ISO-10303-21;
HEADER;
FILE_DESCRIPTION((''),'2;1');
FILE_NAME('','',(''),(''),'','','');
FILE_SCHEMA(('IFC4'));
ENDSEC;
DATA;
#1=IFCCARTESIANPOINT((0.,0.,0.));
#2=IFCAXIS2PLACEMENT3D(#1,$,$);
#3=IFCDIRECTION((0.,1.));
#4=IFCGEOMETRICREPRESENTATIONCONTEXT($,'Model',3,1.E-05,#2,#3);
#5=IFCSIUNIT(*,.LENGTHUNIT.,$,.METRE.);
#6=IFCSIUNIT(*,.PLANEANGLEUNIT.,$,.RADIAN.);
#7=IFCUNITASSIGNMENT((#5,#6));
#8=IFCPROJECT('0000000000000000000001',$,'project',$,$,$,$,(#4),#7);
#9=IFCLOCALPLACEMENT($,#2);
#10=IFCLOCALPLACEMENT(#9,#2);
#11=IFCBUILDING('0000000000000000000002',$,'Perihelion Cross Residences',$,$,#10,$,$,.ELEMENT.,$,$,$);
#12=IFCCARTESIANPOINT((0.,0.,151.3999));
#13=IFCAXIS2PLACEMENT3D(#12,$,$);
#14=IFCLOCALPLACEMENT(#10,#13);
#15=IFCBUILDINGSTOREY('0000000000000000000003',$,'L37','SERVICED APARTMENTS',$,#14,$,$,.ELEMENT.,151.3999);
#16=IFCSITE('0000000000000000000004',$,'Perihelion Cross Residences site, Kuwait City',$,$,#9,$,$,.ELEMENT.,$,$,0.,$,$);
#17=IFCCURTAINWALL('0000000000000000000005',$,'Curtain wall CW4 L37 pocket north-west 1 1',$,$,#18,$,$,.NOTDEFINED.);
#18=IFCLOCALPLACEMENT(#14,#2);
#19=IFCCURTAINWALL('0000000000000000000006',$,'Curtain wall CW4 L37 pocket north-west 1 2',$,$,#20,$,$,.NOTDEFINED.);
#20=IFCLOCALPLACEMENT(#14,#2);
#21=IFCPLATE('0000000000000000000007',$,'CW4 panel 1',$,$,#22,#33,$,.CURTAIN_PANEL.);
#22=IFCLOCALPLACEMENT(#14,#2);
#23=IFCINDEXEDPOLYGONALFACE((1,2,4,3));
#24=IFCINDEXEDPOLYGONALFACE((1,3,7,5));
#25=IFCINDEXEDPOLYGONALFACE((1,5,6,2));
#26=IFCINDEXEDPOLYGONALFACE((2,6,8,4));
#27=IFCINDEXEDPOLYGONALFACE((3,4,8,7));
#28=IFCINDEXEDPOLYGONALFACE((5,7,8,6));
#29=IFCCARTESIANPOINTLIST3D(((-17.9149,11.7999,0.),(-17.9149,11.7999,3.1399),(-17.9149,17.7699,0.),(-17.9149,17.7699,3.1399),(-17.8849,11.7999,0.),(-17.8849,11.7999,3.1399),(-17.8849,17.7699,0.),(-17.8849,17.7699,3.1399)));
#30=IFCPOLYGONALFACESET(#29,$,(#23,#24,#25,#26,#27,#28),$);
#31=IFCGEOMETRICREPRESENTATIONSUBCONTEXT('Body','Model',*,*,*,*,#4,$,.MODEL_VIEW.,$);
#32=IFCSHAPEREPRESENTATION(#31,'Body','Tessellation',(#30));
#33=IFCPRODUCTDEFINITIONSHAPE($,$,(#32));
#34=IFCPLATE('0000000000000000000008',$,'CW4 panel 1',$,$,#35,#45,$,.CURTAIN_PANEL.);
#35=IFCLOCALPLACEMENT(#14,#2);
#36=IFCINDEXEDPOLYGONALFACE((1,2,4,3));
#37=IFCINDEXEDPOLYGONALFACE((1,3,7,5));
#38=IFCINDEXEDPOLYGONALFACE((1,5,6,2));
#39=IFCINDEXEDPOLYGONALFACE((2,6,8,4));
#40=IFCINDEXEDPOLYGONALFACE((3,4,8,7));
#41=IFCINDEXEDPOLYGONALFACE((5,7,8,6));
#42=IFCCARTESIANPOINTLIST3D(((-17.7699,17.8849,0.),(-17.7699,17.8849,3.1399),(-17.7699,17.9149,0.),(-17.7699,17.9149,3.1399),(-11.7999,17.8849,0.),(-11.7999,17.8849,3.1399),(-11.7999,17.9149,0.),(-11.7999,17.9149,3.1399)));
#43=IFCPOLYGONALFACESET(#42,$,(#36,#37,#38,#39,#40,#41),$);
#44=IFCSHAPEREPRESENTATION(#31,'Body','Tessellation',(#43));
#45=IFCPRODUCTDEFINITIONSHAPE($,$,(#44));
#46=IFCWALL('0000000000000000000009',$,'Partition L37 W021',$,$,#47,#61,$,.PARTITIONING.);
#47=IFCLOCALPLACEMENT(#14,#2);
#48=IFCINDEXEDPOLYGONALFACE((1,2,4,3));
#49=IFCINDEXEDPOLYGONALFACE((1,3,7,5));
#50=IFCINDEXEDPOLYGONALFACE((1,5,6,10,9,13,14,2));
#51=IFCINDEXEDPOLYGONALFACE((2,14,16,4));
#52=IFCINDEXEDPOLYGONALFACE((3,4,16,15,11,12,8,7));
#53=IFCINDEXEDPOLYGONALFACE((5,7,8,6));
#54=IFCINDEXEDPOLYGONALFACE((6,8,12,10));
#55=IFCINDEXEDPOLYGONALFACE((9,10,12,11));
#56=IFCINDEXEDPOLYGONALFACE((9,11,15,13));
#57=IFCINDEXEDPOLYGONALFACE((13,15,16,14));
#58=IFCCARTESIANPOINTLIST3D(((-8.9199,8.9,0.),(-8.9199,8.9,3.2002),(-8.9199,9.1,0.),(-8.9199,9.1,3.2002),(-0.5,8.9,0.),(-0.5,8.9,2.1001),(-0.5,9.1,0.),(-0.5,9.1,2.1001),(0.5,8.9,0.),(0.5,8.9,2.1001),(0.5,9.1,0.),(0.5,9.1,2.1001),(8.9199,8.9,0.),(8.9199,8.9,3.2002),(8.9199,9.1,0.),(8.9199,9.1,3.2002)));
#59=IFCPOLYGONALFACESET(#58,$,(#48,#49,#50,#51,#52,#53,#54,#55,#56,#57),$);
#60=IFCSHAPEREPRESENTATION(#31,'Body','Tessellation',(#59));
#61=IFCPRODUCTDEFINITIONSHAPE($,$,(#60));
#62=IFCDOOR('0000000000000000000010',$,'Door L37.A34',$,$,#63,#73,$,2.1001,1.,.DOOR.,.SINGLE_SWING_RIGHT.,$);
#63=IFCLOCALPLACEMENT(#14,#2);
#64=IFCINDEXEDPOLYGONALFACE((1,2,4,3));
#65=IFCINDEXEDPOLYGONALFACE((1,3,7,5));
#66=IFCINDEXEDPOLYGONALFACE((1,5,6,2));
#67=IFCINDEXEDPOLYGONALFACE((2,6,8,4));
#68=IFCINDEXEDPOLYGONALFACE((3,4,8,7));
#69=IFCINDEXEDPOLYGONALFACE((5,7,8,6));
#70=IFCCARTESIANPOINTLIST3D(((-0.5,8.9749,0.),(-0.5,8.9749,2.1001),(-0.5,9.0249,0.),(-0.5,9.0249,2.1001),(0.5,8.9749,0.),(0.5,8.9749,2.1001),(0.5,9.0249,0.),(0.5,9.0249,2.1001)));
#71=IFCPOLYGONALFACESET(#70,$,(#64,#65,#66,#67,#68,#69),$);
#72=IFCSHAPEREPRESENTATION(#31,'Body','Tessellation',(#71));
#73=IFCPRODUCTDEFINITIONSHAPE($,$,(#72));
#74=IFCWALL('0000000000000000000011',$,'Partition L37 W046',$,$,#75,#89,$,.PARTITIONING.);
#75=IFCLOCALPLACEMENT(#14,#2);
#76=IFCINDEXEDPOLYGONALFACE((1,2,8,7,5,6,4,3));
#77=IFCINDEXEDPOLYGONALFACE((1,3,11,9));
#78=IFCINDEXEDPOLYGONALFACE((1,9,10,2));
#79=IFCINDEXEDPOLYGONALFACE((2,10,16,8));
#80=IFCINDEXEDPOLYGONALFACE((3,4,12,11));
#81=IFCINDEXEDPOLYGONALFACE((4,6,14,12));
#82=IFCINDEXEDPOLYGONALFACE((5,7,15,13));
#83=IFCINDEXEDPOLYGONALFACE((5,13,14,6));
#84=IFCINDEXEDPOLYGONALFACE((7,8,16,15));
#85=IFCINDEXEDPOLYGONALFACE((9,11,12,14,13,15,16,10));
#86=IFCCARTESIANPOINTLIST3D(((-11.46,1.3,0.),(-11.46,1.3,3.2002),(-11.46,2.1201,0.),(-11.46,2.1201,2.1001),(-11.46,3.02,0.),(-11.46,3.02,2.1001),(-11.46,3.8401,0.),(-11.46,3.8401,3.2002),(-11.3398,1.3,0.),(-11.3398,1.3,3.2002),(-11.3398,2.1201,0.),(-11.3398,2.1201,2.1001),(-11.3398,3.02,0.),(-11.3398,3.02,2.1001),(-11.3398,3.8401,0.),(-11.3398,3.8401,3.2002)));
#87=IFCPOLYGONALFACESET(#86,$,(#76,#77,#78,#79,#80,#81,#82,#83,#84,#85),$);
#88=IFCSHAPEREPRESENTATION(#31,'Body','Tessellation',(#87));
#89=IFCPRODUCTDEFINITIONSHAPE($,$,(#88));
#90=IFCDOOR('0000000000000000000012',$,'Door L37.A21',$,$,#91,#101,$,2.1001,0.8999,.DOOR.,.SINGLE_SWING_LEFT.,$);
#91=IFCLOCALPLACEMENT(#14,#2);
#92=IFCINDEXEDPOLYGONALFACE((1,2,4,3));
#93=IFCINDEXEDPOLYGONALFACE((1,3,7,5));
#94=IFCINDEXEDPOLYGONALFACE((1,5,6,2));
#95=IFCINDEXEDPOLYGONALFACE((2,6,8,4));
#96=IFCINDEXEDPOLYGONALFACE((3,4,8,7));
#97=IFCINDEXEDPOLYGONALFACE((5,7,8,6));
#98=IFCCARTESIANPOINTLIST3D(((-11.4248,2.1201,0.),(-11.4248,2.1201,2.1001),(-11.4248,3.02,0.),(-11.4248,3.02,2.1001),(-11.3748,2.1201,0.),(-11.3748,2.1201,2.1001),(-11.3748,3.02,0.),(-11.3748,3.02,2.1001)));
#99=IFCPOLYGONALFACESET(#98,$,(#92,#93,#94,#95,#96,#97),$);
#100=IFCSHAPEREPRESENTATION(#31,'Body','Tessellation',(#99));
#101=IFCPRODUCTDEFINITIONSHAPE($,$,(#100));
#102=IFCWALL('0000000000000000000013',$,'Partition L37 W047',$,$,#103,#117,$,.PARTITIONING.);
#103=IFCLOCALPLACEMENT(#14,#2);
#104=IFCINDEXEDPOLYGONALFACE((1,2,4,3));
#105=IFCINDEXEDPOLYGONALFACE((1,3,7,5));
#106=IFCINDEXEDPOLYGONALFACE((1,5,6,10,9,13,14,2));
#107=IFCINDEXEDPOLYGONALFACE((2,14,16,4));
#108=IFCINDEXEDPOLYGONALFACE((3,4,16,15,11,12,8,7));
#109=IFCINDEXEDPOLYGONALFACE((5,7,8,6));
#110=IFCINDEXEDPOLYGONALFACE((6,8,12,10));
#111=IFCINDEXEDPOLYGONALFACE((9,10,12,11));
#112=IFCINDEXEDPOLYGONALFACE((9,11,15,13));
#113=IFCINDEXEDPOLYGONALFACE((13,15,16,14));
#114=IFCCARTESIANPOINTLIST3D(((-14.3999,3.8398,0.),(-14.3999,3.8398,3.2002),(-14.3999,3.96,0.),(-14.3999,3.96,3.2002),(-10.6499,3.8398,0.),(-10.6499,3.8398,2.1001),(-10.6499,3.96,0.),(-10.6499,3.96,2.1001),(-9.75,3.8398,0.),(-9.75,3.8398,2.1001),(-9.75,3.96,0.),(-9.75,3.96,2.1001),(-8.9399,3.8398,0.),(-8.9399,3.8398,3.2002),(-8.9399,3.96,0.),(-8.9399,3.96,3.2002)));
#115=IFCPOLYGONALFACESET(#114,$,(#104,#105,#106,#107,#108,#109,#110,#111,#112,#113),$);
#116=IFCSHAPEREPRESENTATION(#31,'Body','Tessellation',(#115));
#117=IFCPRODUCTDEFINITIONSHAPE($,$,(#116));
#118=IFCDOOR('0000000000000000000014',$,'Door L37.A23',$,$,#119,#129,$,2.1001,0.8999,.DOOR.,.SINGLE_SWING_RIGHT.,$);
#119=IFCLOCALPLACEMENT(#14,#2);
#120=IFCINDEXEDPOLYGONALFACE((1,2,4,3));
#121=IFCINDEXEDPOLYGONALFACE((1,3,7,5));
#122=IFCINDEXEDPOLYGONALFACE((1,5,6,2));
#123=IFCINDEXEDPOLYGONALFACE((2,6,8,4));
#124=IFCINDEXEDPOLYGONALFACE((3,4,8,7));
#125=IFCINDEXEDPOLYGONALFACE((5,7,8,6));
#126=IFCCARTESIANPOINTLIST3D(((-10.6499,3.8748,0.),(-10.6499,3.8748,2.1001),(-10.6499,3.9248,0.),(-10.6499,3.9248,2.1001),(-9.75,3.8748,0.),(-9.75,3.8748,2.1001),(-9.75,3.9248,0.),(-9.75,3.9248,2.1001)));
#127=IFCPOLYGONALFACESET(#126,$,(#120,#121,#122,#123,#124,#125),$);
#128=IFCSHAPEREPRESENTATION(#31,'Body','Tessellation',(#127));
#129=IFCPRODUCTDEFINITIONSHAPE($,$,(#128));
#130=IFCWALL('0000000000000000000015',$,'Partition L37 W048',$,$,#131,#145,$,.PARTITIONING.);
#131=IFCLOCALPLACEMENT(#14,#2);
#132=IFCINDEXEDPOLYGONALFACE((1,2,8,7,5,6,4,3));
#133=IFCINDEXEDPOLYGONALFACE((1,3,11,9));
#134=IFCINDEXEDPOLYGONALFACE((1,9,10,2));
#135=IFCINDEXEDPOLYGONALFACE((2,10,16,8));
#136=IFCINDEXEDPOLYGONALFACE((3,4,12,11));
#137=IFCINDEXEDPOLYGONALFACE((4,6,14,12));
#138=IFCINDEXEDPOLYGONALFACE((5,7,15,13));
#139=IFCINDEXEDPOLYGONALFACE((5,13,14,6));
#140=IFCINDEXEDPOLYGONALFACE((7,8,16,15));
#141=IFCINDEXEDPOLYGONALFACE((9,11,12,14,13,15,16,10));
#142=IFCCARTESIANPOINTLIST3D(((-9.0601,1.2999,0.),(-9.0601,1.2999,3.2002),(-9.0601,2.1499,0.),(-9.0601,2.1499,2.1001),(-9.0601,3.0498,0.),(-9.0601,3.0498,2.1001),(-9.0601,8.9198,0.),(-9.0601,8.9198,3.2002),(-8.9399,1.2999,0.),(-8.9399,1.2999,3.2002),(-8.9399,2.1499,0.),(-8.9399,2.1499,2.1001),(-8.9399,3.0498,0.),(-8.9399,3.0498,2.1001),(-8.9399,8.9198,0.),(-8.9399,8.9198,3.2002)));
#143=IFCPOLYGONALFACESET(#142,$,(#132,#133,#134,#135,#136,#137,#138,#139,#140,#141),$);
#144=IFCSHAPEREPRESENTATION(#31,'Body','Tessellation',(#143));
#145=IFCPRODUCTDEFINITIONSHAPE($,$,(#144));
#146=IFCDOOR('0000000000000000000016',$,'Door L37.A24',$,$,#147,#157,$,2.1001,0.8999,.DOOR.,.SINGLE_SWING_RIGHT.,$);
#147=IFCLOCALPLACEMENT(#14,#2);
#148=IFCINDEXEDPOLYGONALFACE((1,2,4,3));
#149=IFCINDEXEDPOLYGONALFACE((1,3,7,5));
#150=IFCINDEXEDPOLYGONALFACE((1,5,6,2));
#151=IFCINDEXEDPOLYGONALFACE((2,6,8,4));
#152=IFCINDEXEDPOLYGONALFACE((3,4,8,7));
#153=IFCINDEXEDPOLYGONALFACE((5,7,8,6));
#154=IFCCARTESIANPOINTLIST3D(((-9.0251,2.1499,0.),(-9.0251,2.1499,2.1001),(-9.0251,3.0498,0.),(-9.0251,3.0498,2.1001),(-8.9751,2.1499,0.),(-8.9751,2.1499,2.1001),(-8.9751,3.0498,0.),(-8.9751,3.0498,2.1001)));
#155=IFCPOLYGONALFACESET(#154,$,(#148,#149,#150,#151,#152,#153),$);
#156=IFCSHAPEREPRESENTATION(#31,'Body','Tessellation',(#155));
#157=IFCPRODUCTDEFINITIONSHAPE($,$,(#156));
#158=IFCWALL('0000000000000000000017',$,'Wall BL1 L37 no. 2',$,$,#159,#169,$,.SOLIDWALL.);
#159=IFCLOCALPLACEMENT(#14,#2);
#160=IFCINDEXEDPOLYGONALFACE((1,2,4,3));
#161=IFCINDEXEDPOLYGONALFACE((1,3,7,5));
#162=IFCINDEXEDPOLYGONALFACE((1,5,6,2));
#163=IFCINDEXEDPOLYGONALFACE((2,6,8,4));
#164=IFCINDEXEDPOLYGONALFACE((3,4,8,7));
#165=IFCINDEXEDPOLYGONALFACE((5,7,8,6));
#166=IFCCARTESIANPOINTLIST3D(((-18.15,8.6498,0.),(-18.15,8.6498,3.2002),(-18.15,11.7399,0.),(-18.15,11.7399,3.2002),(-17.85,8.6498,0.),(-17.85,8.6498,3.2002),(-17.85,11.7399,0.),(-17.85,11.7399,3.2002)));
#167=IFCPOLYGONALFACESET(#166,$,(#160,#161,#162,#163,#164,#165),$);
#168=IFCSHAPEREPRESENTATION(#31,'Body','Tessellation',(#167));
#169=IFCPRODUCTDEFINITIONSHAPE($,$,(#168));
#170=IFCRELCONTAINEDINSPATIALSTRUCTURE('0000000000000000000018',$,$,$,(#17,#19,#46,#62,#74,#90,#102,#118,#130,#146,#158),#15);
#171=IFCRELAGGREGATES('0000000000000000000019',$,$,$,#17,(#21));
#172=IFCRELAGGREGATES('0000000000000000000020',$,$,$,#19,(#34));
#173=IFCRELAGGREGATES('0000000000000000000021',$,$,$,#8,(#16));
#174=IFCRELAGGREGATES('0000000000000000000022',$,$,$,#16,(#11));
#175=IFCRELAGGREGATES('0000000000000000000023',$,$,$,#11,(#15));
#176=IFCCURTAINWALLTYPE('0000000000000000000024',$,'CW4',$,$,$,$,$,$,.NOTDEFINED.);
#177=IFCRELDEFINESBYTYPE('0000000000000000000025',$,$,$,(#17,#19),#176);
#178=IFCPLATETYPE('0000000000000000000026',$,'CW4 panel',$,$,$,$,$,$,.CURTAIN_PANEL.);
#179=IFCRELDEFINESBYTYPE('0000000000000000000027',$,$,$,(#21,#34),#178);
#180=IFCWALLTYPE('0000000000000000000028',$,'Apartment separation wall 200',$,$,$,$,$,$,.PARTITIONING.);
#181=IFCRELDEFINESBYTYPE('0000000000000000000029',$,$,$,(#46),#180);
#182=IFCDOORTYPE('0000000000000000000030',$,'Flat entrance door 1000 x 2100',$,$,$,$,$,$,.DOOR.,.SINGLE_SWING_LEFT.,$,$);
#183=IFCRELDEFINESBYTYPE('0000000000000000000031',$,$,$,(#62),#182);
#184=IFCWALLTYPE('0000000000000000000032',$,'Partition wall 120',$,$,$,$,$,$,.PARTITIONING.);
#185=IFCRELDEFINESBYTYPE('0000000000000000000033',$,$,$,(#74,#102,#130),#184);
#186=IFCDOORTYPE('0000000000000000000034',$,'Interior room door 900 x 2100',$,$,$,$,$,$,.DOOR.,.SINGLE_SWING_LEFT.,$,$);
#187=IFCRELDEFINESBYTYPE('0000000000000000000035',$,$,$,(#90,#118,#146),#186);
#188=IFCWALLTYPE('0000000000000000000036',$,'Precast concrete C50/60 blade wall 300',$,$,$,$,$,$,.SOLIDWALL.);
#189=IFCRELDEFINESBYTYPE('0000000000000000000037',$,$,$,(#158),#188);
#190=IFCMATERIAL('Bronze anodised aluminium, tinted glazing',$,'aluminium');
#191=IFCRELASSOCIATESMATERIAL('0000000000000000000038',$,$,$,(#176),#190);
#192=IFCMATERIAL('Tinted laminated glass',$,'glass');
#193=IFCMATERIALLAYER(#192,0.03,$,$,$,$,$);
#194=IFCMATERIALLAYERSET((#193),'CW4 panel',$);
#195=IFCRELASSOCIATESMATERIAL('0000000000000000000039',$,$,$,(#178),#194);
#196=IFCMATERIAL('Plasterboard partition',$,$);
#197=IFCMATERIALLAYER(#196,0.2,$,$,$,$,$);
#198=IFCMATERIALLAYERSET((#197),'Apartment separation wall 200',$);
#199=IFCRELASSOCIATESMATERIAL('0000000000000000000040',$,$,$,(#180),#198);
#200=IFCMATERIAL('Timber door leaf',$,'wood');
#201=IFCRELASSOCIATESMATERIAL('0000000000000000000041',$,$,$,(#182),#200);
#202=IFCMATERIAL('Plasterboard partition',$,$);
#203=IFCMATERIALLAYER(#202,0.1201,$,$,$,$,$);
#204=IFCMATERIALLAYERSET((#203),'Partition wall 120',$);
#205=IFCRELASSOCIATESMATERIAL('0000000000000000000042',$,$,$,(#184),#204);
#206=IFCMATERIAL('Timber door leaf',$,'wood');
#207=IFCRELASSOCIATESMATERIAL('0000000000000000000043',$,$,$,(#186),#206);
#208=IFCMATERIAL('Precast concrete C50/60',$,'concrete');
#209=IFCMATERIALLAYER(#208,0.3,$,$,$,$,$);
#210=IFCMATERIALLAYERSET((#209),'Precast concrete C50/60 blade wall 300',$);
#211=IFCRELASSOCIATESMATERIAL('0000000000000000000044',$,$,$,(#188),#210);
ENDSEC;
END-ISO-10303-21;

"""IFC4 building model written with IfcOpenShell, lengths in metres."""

from ifc_helpers import new_model, si_unit, direction, frame, frame_2d, origin, origin_2d, place, context, subcontext, project, spatial, rectangle, extrude, material, layer, layer_set, type_object, element, fill, aggregate, save


model = new_model("IFC4")

# Units and contexts
model_context = context("Model", 3, precision=1e-05, world=origin(), true_north=direction((0.0, 1.0)))
body_context = subcontext(model_context, "Body", "Model", "MODEL_VIEW")
ifc_project = project(units=[si_unit("LENGTHUNIT", "METRE"), si_unit("PLANEANGLEUNIT", "RADIAN")], contexts=[model_context])

# Site, building, storey
site_placement = place(None, origin())
site = spatial("IfcSite", under=ifc_project, at=site_placement, Name="Perihelion Cross Residences site, Kuwait City", CompositionType="ELEMENT", RefElevation=0.0)
building_placement = place(site_placement, origin())
building = spatial("IfcBuilding", under=site, at=building_placement, Name="Perihelion Cross Residences", CompositionType="ELEMENT")
storey_placement = place(building_placement, frame((0.0, 0.0, 151.3999)))
storey = spatial("IfcBuildingStorey", under=building, at=storey_placement, Name="L37", Description="SERVICED APARTMENTS", CompositionType="ELEMENT", Elevation=151.3999)

# Curtain walls
ifc_material_1 = material(Name="Bronze anodised aluminium, tinted glazing", Category="aluminium")
curtain_wall_type_1 = type_object("IfcCurtainWallType", Name="CW4", PredefinedType="NOTDEFINED", material=ifc_material_1)
curtain_wall_1_placement = place(storey_placement, origin())
curtain_wall_1 = element("IfcCurtainWall", 1, at=curtain_wall_1_placement, inside=storey, type_object=curtain_wall_type_1, Name="Curtain wall CW4 L37 pocket north-west 1 1", PredefinedType="NOTDEFINED")
curtain_wall_2_placement = place(storey_placement, origin())
curtain_wall_2 = element("IfcCurtainWall", 2, at=curtain_wall_2_placement, inside=storey, type_object=curtain_wall_type_1, Name="Curtain wall CW4 L37 pocket north-west 1 2", PredefinedType="NOTDEFINED")

# Plates
ifc_material_2 = material(Name="Tinted laminated glass", Category="glass")
ifc_layer_1 = layer(ifc_material_2, 0.03)
ifc_layer_set_1 = layer_set([ifc_layer_1], Name="CW4 panel")
plate_type_1 = type_object("IfcPlateType", Name="CW4 panel", PredefinedType="CURTAIN_PANEL", material=ifc_layer_set_1)
plate_1_placement = place(storey_placement, frame((-17.8999, 14.7849, 0.0), z_axis=(0.0, 0.0, 1.0), x_axis=(0.0, 1.0, 0.0)))
plate_1 = element("IfcPlate", 3, at=plate_1_placement, type_object=plate_type_1, Name="CW4 panel 1", PredefinedType="CURTAIN_PANEL", context=body_context, shape_type="SweptSolid", body=[
    extrude(rectangle(XDim=5.97, YDim=0.03, at=origin_2d()), origin(), (0.0, 0.0, 1.0), 3.1399),
])
aggregate(curtain_wall_1, [plate_1])
plate_2_placement = place(storey_placement, frame((-14.7849, 17.8999, 0.0), z_axis=(0.0, 0.0, 1.0), x_axis=(1.0, 0.0, 0.0)))
plate_2 = element("IfcPlate", 4, at=plate_2_placement, type_object=plate_type_1, Name="CW4 panel 1", PredefinedType="CURTAIN_PANEL", context=body_context, shape_type="SweptSolid", body=[
    extrude(rectangle(XDim=5.97, YDim=0.03, at=origin_2d()), origin(), (0.0, 0.0, 1.0), 3.1399),
])
aggregate(curtain_wall_2, [plate_2])

# Walls, openings, doors
ifc_material_3 = material(Name="Plasterboard partition")
ifc_layer_2 = layer(ifc_material_3, 0.2)
ifc_layer_set_2 = layer_set([ifc_layer_2], Name="Apartment separation wall 200")
wall_type_1 = type_object("IfcWallType", Name="Apartment separation wall 200", PredefinedType="PARTITIONING", material=ifc_layer_set_2)
wall_1_placement = place(storey_placement, frame((-8.9199, 9.0, 0.0), z_axis=(0.0, 0.0, 1.0), x_axis=(1.0, 0.0, 0.0)))
wall_1 = element("IfcWall", 5, at=wall_1_placement, inside=storey, type_object=wall_type_1, Name="Partition L37 W021", PredefinedType="PARTITIONING", context=body_context, shape_type="SweptSolid", body=[
    extrude(rectangle(XDim=17.8398, YDim=0.2, at=frame_2d((8.9199, 0.0))), origin(), (0.0, 0.0, 1.0), 3.2002),
])
opening_1_placement = place(wall_1_placement, frame((8.4199, 0.0, 0.0)))
opening_1 = element("IfcOpeningElement", 6, at=opening_1_placement, cuts=wall_1, PredefinedType="OPENING", context=body_context, shape_type="SweptSolid", body=[
    extrude(rectangle(XDim=1.0, YDim=2.1001, at=frame_2d((0.5, 1.05))), frame((0.0, 0.1099, 0.0), z_axis=(0.0, -1.0, 0.0), x_axis=(1.0, 0.0, 0.0)), (0.0, 0.0, 1.0), 0.22),
])
ifc_material_4 = material(Name="Timber door leaf", Category="wood")
door_type_1 = type_object("IfcDoorType", Name="Flat entrance door 1000 x 2100", OperationType="SINGLE_SWING_LEFT", PredefinedType="DOOR", material=ifc_material_4)
door_1_placement = place(opening_1_placement, origin())
door_1 = element("IfcDoor", 7, at=door_1_placement, inside=storey, type_object=door_type_1, Name="Door L37.A34", OperationType="SINGLE_SWING_RIGHT", OverallHeight=2.1001, OverallWidth=1.0, PredefinedType="DOOR", context=body_context, shape_type="SweptSolid", body=[
    extrude(rectangle(XDim=1.0, YDim=2.1001, at=frame_2d((0.5, 1.05))), frame((0.0, 0.0249, 0.0), z_axis=(0.0, -1.0, 0.0), x_axis=(1.0, 0.0, 0.0)), (0.0, 0.0, 1.0), 0.05),
])
fill(opening_1, door_1)
ifc_material_5 = material(Name="Plasterboard partition")
ifc_layer_3 = layer(ifc_material_5, 0.1201)
ifc_layer_set_3 = layer_set([ifc_layer_3], Name="Partition wall 120")
wall_type_2 = type_object("IfcWallType", Name="Partition wall 120", PredefinedType="PARTITIONING", material=ifc_layer_set_3)
wall_2_placement = place(storey_placement, frame((-11.3999, 1.3, 0.0), z_axis=(0.0, 0.0, 1.0), x_axis=(0.0, 1.0, 0.0)))
wall_2 = element("IfcWall", 8, at=wall_2_placement, inside=storey, type_object=wall_type_2, Name="Partition L37 W046", PredefinedType="PARTITIONING", context=body_context, shape_type="SweptSolid", body=[
    extrude(rectangle(XDim=2.54, YDim=0.1201, at=frame_2d((1.27, 0.0))), origin(), (0.0, 0.0, 1.0), 3.2002),
])
opening_2_placement = place(wall_2_placement, frame((0.8201, 0.0, 0.0)))
opening_2 = element("IfcOpeningElement", 9, at=opening_2_placement, cuts=wall_2, PredefinedType="OPENING", context=body_context, shape_type="SweptSolid", body=[
    extrude(rectangle(XDim=0.8999, YDim=2.1001, at=frame_2d((0.45, 1.05))), frame((0.0, 0.0701, 0.0), z_axis=(0.0, -1.0, 0.0), x_axis=(1.0, 0.0, 0.0)), (0.0, 0.0, 1.0), 0.1401),
])
ifc_material_6 = material(Name="Timber door leaf", Category="wood")
door_type_2 = type_object("IfcDoorType", Name="Interior room door 900 x 2100", OperationType="SINGLE_SWING_LEFT", PredefinedType="DOOR", material=ifc_material_6)
door_2_placement = place(opening_2_placement, origin())
door_2 = element("IfcDoor", 10, at=door_2_placement, inside=storey, type_object=door_type_2, Name="Door L37.A21", OperationType="SINGLE_SWING_LEFT", OverallHeight=2.1001, OverallWidth=0.8999, PredefinedType="DOOR", context=body_context, shape_type="SweptSolid", body=[
    extrude(rectangle(XDim=0.8999, YDim=2.1001, at=frame_2d((0.45, 1.05))), frame((0.0, 0.0249, 0.0), z_axis=(0.0, -1.0, 0.0), x_axis=(1.0, 0.0, 0.0)), (0.0, 0.0, 1.0), 0.05),
])
fill(opening_2, door_2)
wall_3_placement = place(storey_placement, frame((-14.3999, 3.8999, 0.0), z_axis=(0.0, 0.0, 1.0), x_axis=(1.0, 0.0, 0.0)))
wall_3 = element("IfcWall", 11, at=wall_3_placement, inside=storey, type_object=wall_type_2, Name="Partition L37 W047", PredefinedType="PARTITIONING", context=body_context, shape_type="SweptSolid", body=[
    extrude(rectangle(XDim=5.46, YDim=0.1201, at=frame_2d((2.73, 0.0))), origin(), (0.0, 0.0, 1.0), 3.2002),
])
opening_3_placement = place(wall_3_placement, frame((3.75, 0.0, 0.0)))
opening_3 = element("IfcOpeningElement", 12, at=opening_3_placement, cuts=wall_3, PredefinedType="OPENING", context=body_context, shape_type="SweptSolid", body=[
    extrude(rectangle(XDim=0.8999, YDim=2.1001, at=frame_2d((0.45, 1.05))), frame((0.0, 0.0701, 0.0), z_axis=(0.0, -1.0, 0.0), x_axis=(1.0, 0.0, 0.0)), (0.0, 0.0, 1.0), 0.1401),
])
door_3_placement = place(opening_3_placement, origin())
door_3 = element("IfcDoor", 13, at=door_3_placement, inside=storey, type_object=door_type_2, Name="Door L37.A23", OperationType="SINGLE_SWING_RIGHT", OverallHeight=2.1001, OverallWidth=0.8999, PredefinedType="DOOR", context=body_context, shape_type="SweptSolid", body=[
    extrude(rectangle(XDim=0.8999, YDim=2.1001, at=frame_2d((0.45, 1.05))), frame((0.0, 0.0249, 0.0), z_axis=(0.0, -1.0, 0.0), x_axis=(1.0, 0.0, 0.0)), (0.0, 0.0, 1.0), 0.05),
])
fill(opening_3, door_3)
wall_4_placement = place(storey_placement, frame((-9.0, 8.9199, 0.0), z_axis=(0.0, 0.0, 1.0), x_axis=(0.0, -1.0, 0.0)))
wall_4 = element("IfcWall", 14, at=wall_4_placement, inside=storey, type_object=wall_type_2, Name="Partition L37 W048", PredefinedType="PARTITIONING", context=body_context, shape_type="SweptSolid", body=[
    extrude(rectangle(XDim=7.6199, YDim=0.1201, at=frame_2d((3.8101, 0.0))), origin(), (0.0, 0.0, 1.0), 3.2002),
])
opening_4_placement = place(wall_4_placement, frame((5.8701, 0.0, 0.0)))
opening_4 = element("IfcOpeningElement", 15, at=opening_4_placement, cuts=wall_4, PredefinedType="OPENING", context=body_context, shape_type="SweptSolid", body=[
    extrude(rectangle(XDim=0.8999, YDim=2.1001, at=frame_2d((0.45, 1.05))), frame((0.0, 0.0701, 0.0), z_axis=(0.0, -1.0, 0.0), x_axis=(1.0, 0.0, 0.0)), (0.0, 0.0, 1.0), 0.1401),
])
door_4_placement = place(opening_4_placement, origin())
door_4 = element("IfcDoor", 16, at=door_4_placement, inside=storey, type_object=door_type_2, Name="Door L37.A24", OperationType="SINGLE_SWING_RIGHT", OverallHeight=2.1001, OverallWidth=0.8999, PredefinedType="DOOR", context=body_context, shape_type="SweptSolid", body=[
    extrude(rectangle(XDim=0.8999, YDim=2.1001, at=frame_2d((0.45, 1.05))), frame((0.0, 0.0249, 0.0), z_axis=(0.0, -1.0, 0.0), x_axis=(1.0, 0.0, 0.0)), (0.0, 0.0, 1.0), 0.05),
])
fill(opening_4, door_4)

# Wall
ifc_material_7 = material(Name="Precast concrete C50/60", Category="concrete")
ifc_layer_4 = layer(ifc_material_7, 0.3)
ifc_layer_set_4 = layer_set([ifc_layer_4], Name="Precast concrete C50/60 blade wall 300")
wall_type_3 = type_object("IfcWallType", Name="Precast concrete C50/60 blade wall 300", PredefinedType="SOLIDWALL", material=ifc_layer_set_4)
wall_5_placement = place(storey_placement, frame((-18.0, 8.6499, 0.0), z_axis=(0.0, 0.0, 1.0), x_axis=(0.0, 1.0, 0.0)))
element("IfcWall", 17, at=wall_5_placement, inside=storey, type_object=wall_type_3, Name="Wall BL1 L37 no. 2", PredefinedType="SOLIDWALL", context=body_context, shape_type="SweptSolid", body=[
    extrude(rectangle(XDim=3.0901, YDim=0.3, at=frame_2d((1.5449, 0.0))), origin(), (0.0, 0.0, 1.0), 3.2002),
])

save(model, "model.ifc")
